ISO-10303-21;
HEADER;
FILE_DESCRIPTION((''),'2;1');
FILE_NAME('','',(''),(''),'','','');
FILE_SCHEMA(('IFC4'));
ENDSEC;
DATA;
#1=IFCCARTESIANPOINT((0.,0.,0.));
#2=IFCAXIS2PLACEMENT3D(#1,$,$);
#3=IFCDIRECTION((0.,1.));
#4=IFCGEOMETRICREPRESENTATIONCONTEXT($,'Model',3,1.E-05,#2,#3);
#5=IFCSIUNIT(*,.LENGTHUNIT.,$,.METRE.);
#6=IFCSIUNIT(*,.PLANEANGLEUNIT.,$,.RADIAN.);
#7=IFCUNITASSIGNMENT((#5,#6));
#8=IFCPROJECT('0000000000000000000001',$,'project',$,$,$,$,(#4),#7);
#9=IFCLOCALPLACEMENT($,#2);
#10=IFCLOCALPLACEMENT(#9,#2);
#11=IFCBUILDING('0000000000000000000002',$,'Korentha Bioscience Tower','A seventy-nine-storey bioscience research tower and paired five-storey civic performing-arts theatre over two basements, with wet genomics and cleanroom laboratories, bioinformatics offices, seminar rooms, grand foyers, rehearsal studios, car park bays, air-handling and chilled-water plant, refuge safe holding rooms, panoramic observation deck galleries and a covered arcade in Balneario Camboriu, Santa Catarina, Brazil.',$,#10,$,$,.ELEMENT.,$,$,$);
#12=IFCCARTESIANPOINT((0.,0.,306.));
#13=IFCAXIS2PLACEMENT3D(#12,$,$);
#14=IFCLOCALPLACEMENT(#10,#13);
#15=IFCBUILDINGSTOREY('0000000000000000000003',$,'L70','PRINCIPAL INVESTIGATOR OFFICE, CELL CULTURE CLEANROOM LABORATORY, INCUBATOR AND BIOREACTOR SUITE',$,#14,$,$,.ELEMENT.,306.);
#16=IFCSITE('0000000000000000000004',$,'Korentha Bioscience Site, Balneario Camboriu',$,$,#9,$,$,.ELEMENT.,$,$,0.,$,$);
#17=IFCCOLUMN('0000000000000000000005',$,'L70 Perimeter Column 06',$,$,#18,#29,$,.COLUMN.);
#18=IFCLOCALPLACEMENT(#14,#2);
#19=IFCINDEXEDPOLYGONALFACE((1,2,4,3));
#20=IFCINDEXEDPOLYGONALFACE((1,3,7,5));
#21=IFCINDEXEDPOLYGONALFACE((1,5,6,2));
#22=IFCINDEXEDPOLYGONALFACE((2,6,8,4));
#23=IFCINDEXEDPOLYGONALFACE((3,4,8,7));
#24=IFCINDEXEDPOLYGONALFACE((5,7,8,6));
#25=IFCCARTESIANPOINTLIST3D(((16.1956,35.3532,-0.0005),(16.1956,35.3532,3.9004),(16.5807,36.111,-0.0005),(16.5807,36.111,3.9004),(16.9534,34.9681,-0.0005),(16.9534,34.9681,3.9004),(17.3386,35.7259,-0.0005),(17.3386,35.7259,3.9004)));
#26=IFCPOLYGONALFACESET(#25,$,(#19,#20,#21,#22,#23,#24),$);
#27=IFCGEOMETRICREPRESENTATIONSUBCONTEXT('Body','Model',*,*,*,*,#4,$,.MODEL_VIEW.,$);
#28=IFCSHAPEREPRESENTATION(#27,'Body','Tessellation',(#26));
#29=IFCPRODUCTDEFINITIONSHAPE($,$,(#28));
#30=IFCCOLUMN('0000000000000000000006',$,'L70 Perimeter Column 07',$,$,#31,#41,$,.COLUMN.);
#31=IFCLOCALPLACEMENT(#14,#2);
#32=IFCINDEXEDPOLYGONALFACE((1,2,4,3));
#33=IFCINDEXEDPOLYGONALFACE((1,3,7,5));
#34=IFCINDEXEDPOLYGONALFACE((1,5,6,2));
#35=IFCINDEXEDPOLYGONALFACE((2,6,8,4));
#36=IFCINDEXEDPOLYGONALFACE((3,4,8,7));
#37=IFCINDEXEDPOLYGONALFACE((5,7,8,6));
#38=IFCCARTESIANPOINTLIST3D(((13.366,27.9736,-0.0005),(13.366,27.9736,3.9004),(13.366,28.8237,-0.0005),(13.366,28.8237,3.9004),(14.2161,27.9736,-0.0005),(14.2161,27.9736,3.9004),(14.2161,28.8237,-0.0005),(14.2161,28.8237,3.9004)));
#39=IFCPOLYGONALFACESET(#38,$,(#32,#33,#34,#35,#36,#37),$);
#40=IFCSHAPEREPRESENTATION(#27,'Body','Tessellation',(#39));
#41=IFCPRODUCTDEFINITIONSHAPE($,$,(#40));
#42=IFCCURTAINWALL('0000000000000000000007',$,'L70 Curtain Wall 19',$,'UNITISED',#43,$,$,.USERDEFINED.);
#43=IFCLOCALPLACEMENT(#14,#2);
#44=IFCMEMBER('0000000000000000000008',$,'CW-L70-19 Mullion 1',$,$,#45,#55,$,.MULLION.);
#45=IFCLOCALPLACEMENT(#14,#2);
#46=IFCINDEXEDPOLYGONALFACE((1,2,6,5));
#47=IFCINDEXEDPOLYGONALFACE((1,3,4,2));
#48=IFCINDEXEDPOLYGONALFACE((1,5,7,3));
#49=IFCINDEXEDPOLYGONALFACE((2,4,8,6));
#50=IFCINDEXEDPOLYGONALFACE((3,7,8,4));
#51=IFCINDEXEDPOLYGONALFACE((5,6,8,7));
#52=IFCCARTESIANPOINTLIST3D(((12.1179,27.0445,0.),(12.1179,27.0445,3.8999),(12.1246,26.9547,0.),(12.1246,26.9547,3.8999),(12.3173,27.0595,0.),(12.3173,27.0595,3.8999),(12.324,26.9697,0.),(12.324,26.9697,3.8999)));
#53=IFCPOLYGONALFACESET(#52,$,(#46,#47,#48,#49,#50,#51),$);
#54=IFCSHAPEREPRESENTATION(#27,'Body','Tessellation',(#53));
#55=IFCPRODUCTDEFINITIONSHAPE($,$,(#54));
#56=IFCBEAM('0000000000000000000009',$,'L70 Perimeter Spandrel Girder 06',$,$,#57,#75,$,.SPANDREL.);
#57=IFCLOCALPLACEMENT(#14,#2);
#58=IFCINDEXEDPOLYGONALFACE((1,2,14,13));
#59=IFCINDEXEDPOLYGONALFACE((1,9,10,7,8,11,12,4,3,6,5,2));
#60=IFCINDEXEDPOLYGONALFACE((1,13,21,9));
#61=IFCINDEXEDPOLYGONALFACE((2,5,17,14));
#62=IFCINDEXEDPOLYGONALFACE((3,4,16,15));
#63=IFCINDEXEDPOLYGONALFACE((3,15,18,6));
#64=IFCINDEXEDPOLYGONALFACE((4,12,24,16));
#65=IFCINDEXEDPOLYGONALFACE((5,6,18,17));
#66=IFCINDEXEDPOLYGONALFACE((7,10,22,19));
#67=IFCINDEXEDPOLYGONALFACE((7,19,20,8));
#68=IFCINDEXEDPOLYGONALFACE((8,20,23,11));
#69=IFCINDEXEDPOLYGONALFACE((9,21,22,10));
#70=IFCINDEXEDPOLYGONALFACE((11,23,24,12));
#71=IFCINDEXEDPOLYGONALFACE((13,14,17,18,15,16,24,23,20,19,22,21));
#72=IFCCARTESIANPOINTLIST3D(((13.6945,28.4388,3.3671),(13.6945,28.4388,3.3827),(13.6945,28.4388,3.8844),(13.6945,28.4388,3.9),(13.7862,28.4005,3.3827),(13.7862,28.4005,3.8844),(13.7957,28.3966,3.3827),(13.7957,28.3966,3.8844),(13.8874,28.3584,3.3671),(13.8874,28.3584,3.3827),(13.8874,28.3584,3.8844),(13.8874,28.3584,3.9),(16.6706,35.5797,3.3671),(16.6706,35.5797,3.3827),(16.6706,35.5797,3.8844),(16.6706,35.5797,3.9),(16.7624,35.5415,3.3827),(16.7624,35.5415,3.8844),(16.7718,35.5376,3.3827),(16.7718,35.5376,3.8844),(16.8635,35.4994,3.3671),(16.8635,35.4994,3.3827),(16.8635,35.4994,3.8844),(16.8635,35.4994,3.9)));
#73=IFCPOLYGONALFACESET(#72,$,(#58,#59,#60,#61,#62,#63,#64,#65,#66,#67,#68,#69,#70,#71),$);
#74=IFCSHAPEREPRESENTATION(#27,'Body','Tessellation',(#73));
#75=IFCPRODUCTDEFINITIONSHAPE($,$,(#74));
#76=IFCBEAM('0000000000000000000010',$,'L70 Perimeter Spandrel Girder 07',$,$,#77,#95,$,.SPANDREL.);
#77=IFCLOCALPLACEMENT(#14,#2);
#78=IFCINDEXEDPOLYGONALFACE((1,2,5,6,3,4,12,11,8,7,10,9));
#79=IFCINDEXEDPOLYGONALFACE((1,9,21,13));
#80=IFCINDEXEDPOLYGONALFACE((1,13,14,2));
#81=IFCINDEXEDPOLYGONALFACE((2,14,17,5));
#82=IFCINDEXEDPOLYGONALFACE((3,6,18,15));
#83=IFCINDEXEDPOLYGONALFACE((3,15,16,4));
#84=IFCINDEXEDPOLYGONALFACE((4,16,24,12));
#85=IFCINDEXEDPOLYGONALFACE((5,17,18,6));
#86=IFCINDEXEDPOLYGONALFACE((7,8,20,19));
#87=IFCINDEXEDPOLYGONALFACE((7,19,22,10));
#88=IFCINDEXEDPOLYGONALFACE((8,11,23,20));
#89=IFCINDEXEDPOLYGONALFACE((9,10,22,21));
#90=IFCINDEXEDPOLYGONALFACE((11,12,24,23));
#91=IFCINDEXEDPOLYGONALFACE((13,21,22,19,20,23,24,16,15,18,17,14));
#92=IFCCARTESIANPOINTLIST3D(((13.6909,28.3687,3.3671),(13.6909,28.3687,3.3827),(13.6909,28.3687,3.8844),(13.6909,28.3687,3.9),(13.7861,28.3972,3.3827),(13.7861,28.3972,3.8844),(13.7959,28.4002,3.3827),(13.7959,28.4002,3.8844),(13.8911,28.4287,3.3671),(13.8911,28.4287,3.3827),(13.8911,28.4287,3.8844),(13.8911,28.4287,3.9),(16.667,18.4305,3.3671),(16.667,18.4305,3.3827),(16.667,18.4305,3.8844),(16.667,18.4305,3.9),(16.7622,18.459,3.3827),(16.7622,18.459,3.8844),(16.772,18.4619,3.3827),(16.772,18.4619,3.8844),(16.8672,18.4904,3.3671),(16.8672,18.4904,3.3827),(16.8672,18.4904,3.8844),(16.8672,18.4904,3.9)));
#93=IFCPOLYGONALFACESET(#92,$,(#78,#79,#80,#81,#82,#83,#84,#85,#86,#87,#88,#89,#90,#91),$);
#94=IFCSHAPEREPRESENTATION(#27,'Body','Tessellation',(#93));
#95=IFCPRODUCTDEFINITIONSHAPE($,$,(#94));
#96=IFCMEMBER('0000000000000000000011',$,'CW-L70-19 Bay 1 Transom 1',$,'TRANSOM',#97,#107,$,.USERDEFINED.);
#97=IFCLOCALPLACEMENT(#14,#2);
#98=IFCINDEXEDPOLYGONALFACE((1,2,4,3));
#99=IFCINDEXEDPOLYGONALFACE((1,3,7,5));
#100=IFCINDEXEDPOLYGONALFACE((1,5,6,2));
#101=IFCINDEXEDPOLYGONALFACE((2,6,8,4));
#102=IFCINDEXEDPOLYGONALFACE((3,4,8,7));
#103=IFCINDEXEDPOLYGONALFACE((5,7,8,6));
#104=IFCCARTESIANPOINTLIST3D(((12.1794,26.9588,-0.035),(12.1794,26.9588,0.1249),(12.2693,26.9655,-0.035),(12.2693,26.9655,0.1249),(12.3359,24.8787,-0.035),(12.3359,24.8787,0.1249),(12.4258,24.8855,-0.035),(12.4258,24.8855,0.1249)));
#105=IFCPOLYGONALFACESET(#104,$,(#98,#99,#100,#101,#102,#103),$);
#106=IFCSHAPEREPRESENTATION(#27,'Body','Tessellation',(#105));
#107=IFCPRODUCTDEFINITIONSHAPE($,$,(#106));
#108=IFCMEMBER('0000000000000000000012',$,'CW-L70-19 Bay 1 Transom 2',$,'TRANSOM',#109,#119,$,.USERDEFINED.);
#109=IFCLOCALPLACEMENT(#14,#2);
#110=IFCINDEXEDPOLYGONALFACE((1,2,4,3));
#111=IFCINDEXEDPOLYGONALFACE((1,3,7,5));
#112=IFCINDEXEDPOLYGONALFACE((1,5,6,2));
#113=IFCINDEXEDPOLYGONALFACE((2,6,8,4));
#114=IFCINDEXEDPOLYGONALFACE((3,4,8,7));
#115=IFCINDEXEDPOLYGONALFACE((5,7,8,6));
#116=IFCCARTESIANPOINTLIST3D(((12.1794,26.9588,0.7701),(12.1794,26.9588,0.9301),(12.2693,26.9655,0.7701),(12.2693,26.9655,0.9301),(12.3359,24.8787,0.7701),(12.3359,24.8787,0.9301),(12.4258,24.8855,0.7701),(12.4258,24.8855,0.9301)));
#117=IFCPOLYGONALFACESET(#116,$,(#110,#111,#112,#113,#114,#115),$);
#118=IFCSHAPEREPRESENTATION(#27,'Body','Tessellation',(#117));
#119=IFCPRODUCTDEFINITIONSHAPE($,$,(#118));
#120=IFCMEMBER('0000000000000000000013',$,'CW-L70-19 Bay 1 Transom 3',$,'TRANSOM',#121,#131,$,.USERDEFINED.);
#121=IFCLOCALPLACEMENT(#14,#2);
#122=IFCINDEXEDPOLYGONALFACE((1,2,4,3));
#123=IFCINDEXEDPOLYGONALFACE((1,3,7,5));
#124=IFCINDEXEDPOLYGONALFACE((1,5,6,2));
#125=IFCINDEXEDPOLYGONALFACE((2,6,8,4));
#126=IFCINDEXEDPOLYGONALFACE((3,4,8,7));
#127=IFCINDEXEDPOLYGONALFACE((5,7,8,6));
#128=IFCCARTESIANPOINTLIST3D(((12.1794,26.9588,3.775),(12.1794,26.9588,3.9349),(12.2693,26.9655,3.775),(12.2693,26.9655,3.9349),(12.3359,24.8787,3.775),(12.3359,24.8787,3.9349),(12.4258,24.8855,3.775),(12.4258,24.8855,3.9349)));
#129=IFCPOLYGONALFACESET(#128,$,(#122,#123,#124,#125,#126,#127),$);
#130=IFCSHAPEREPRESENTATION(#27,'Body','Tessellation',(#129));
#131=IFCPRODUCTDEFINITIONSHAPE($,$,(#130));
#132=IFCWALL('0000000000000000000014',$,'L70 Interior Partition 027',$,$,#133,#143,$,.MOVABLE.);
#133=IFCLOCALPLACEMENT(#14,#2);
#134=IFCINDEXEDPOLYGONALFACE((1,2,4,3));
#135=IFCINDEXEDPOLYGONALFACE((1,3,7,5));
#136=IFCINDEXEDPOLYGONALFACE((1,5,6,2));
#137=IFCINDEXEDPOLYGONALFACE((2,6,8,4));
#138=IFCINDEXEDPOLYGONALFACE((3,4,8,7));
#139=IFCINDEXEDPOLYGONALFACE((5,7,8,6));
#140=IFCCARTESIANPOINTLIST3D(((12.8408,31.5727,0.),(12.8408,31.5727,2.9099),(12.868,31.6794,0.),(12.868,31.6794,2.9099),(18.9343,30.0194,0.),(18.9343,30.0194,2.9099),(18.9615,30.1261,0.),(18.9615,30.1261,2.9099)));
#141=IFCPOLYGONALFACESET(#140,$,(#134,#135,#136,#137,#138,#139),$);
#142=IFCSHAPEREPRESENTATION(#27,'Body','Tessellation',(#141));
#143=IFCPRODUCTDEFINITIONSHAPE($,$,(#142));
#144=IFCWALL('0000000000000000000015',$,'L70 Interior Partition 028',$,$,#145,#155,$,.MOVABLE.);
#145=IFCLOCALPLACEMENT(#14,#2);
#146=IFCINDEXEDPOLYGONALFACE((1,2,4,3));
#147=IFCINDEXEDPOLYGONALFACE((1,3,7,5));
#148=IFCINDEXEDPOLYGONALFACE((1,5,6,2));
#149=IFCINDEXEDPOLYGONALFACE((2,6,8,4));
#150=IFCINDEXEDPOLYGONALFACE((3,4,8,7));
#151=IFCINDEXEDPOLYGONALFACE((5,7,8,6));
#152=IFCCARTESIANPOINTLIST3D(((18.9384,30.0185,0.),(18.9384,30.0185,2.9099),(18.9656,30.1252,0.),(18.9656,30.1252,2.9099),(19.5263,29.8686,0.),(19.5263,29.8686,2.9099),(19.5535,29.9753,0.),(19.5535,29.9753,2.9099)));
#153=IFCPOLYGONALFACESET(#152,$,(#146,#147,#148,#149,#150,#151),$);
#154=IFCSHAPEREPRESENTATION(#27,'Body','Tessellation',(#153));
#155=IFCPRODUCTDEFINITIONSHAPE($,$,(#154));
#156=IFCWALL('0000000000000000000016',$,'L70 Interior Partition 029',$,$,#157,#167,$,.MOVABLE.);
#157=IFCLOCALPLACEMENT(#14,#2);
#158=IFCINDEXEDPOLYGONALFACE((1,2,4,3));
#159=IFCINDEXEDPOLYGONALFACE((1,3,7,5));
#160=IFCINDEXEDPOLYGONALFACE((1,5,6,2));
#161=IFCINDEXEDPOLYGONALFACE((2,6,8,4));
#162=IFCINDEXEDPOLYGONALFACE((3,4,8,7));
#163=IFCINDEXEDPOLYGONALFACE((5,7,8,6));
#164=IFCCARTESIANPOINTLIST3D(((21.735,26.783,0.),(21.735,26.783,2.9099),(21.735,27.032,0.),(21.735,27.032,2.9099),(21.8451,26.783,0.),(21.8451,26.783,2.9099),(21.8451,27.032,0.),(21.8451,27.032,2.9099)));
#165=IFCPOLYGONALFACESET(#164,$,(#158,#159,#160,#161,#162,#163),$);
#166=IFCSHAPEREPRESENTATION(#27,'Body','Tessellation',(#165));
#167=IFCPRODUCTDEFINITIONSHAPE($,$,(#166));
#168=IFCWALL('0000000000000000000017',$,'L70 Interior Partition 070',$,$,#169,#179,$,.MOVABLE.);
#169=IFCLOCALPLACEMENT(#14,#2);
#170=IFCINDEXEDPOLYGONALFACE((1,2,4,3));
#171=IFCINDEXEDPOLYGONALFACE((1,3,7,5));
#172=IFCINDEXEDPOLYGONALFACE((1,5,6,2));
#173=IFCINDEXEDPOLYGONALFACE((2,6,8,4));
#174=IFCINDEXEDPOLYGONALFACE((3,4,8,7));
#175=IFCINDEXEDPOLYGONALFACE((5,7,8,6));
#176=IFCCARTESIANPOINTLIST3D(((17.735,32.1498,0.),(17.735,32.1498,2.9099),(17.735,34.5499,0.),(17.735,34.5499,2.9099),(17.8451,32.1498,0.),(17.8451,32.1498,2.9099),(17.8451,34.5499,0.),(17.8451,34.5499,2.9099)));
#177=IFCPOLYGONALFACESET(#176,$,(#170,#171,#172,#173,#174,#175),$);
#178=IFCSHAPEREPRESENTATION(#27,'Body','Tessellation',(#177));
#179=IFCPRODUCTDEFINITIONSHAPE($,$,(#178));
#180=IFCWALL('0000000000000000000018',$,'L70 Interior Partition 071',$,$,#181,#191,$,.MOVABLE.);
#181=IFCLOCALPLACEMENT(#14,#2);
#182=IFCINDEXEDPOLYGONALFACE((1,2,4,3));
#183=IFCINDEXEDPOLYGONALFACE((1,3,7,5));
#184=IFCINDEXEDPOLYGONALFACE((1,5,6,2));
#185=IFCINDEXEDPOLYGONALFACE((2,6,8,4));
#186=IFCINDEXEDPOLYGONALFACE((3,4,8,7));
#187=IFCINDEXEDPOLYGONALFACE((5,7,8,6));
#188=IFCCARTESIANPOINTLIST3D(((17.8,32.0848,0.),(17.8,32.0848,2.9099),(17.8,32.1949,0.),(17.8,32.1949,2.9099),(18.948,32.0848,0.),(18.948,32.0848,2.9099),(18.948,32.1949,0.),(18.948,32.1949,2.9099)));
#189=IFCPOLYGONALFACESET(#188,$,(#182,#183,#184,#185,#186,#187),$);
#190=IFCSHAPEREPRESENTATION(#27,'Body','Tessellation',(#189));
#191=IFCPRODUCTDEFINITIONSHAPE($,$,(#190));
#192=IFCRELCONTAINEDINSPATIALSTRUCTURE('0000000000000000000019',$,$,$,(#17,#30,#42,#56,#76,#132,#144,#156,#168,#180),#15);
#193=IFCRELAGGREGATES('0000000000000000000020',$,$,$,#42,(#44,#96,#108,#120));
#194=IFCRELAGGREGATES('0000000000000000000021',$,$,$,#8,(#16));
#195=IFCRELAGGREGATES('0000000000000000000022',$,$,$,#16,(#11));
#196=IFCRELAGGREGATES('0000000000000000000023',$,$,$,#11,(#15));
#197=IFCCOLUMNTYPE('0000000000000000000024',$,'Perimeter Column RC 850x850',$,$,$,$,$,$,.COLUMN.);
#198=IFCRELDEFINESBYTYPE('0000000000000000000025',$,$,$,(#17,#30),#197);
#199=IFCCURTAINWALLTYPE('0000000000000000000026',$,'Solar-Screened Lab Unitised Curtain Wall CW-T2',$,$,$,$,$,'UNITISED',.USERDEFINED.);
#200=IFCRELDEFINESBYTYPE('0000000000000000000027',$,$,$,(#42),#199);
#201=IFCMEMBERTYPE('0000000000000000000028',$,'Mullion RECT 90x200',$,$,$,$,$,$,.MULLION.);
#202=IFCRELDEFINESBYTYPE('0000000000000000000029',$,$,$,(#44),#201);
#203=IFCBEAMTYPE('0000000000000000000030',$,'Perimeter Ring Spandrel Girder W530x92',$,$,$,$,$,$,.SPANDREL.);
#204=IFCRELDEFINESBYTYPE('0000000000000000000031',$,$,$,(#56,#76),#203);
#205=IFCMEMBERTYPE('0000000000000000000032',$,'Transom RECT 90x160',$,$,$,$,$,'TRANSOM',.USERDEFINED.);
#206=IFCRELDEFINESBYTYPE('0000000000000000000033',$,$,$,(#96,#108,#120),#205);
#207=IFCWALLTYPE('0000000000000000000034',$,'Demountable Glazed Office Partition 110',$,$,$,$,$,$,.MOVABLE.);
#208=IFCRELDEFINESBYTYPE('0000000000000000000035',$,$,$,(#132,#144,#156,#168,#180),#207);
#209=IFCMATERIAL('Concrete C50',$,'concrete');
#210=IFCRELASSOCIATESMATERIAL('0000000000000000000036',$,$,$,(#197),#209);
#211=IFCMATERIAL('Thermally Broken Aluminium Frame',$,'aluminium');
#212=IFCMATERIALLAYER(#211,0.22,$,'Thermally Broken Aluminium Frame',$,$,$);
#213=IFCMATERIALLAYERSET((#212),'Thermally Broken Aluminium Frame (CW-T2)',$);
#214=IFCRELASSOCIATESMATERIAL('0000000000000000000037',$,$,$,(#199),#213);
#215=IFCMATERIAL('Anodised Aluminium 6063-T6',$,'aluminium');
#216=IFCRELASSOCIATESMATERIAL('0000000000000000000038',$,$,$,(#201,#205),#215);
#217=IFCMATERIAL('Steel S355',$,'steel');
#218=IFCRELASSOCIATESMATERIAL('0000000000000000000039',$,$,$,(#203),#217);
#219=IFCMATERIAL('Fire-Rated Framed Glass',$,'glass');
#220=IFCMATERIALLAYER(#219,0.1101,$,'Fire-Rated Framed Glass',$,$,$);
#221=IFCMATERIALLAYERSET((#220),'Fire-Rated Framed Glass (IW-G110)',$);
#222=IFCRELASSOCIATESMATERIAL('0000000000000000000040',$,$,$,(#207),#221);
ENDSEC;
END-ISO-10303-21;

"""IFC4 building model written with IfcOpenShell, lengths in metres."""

from ifc_helpers import new_model, si_unit, direction, frame, frame_2d, origin, origin_2d, place, context, subcontext, project, spatial, rectangle, i_section, extrude, material, layer, layer_set, material_profile, profile_set, type_object, element, aggregate, save


model = new_model("IFC4")

# Units and contexts
model_context = context("Model", 3, precision=1e-05, world=origin(), true_north=direction((0.0, 1.0)))
body_context = subcontext(model_context, "Body", "Model", "MODEL_VIEW")
ifc_project = project(units=[si_unit("LENGTHUNIT", "METRE"), si_unit("PLANEANGLEUNIT", "RADIAN")], contexts=[model_context])

# Site, building, storey
site_placement = place(None, origin())
site = spatial("IfcSite", under=ifc_project, at=site_placement, Name="Korentha Bioscience Site, Balneario Camboriu", CompositionType="ELEMENT", RefElevation=0.0)
building_placement = place(site_placement, origin())
building = spatial("IfcBuilding", under=site, at=building_placement, Name="Korentha Bioscience Tower", Description="A seventy-nine-storey bioscience research tower and paired five-storey civic performing-arts theatre over two basements, with wet genomics and cleanroom laboratories, bioinformatics offices, seminar rooms, grand foyers, rehearsal studios, car park bays, air-handling and chilled-water plant, refuge safe holding rooms, panoramic observation deck galleries and a covered arcade in Balneario Camboriu, Santa Catarina, Brazil.", CompositionType="ELEMENT")
storey_placement = place(building_placement, frame((0.0, 0.0, 306.0)))
storey = spatial("IfcBuildingStorey", under=building, at=storey_placement, Name="L70", Description="PRINCIPAL INVESTIGATOR OFFICE, CELL CULTURE CLEANROOM LABORATORY, INCUBATOR AND BIOREACTOR SUITE", CompositionType="ELEMENT", Elevation=306.0)

# Columns
ifc_material_1 = material(Name="Concrete C50", Category="concrete")
ifc_material_profile_1 = material_profile(ifc_material_1, rectangle(XDim=0.8501, YDim=0.8501, at=origin_2d()), Name="Concrete C50")
ifc_profile_set_1 = profile_set([ifc_material_profile_1], Name="Concrete C50 (COL-P08)")
column_type = type_object("IfcColumnType", Name="Perimeter Column RC 850x850", PredefinedType="COLUMN", material=ifc_profile_set_1)
for number, where, z_axis, x_axis, name in (
    (1, (16.7671, 35.5396, -0.0005), (0.0, 0.0, 1.0), (0.453057, 0.891481, 0.0), "L70 Perimeter Column 06"),
    (2, (13.791, 28.3987, -0.0005), (0.0, 0.0, 1.0), (0.0, 1.0, 0.0), "L70 Perimeter Column 07"),
):
    element("IfcColumn", number, at=place(storey_placement, frame(where, z_axis=z_axis, x_axis=x_axis)), inside=storey, type_object=column_type, Name=name, PredefinedType="COLUMN", context=body_context, shape_type="SweptSolid", body=[
        extrude(rectangle(XDim=0.8501, YDim=0.8501, at=origin_2d()), origin(), (0.0, 0.0, 1.0), 3.9009),
    ])

# Curtain wall, member
ifc_material_2 = material(Name="Thermally Broken Aluminium Frame", Category="aluminium")
ifc_layer_1 = layer(ifc_material_2, 0.22, Name="Thermally Broken Aluminium Frame")
ifc_layer_set_1 = layer_set([ifc_layer_1], Name="Thermally Broken Aluminium Frame (CW-T2)")
curtain_wall_type = type_object("IfcCurtainWallType", Name="Solar-Screened Lab Unitised Curtain Wall CW-T2", ElementType="UNITISED", PredefinedType="USERDEFINED", material=ifc_layer_set_1)
curtain_wall_placement = place(storey_placement, origin())
curtain_wall = element("IfcCurtainWall", 3, at=curtain_wall_placement, inside=storey, type_object=curtain_wall_type, Name="L70 Curtain Wall 19", ObjectType="UNITISED", PredefinedType="USERDEFINED")
ifc_material_3 = material(Name="Anodised Aluminium 6063-T6", Category="aluminium")
ifc_material_profile_2 = material_profile(ifc_material_3, rectangle(XDim=0.0901, YDim=0.2, at=origin_2d()), Name="Anodised Aluminium 6063-T6")
ifc_profile_set_2 = profile_set([ifc_material_profile_2], Name="Anodised Aluminium 6063-T6 (CW-MUL)")
member_type_1 = type_object("IfcMemberType", Name="Mullion RECT 90x200", PredefinedType="MULLION", material=ifc_profile_set_2)
member_1_placement = place(storey_placement, frame((12.2209, 27.0071, 0.0), z_axis=(0.0, 0.0, 1.0), x_axis=(0.075073, -0.997178, 0.0)))
member_1 = element("IfcMember", 4, at=member_1_placement, type_object=member_type_1, Name="CW-L70-19 Mullion 1", PredefinedType="MULLION", context=body_context, shape_type="SweptSolid", body=[
    extrude(rectangle(XDim=0.0901, YDim=0.2, at=origin_2d()), origin(), (0.0, 0.0, 1.0), 3.8999),
])

# Beams
ifc_material_4 = material(Name="Steel S355", Category="steel")
ifc_material_profile_3 = material_profile(ifc_material_4, i_section(OverallWidth=0.209, OverallDepth=0.533, WebThickness=0.0103, FlangeThickness=0.0156, at=origin_2d()), Name="Steel S355")
ifc_profile_set_3 = profile_set([ifc_material_profile_3], Name="Steel S355 (SB-530)")
beam_type = type_object("IfcBeamType", Name="Perimeter Ring Spandrel Girder W530x92", PredefinedType="SPANDREL", material=ifc_profile_set_3)
beam_1_placement = place(storey_placement, frame((16.7671, 35.5396, 3.6335), z_axis=(-0.384694, -0.923044, 0.0), x_axis=(0.923044, -0.384694, 0.0)))
element("IfcBeam", 5, at=beam_1_placement, inside=storey, type_object=beam_type, Name="L70 Perimeter Spandrel Girder 06", PredefinedType="SPANDREL", context=body_context, shape_type="SweptSolid", body=[
    extrude(i_section(OverallWidth=0.209, OverallDepth=0.533, WebThickness=0.0103, FlangeThickness=0.0156, at=origin_2d()), origin(), (0.0, 0.0, 1.0), 7.7363),
])
beam_2_placement = place(storey_placement, frame((13.791, 28.3987, 3.6335), z_axis=(0.286871, -0.957969, 0.0), x_axis=(0.957969, 0.286871, 0.0)))
element("IfcBeam", 6, at=beam_2_placement, inside=storey, type_object=beam_type, Name="L70 Perimeter Spandrel Girder 07", PredefinedType="SPANDREL", context=body_context, shape_type="SweptSolid", body=[
    extrude(i_section(OverallWidth=0.209, OverallDepth=0.533, WebThickness=0.0103, FlangeThickness=0.0156, at=origin_2d()), origin(), (0.0, 0.0, 1.0), 10.3743),
])

# Members
ifc_material_profile_4 = material_profile(ifc_material_3, rectangle(XDim=0.0901, YDim=0.1599, at=origin_2d()), Name="Anodised Aluminium 6063-T6")
ifc_profile_set_4 = profile_set([ifc_material_profile_4], Name="Anodised Aluminium 6063-T6 (CW-TRN)")
member_type_2 = type_object("IfcMemberType", Name="Transom RECT 90x160", ElementType="TRANSOM", PredefinedType="USERDEFINED", material=ifc_profile_set_4)
member_2_placement = place(storey_placement, frame((12.2244, 26.9622, 0.0449), z_axis=(0.075023, -0.997182, 0.0), x_axis=(0.997182, 0.075023, 0.0)))
member_2 = element("IfcMember", 7, at=member_2_placement, type_object=member_type_2, Name="CW-L70-19 Bay 1 Transom 1", ObjectType="TRANSOM", PredefinedType="USERDEFINED", context=body_context, shape_type="SweptSolid", body=[
    extrude(rectangle(XDim=0.0901, YDim=0.1599, at=origin_2d()), origin(), (0.0, 0.0, 1.0), 2.0859),
])
member_3_placement = place(storey_placement, frame((12.2244, 26.9622, 0.8501), z_axis=(0.075023, -0.997182, 0.0), x_axis=(0.997182, 0.075023, 0.0)))
member_3 = element("IfcMember", 8, at=member_3_placement, type_object=member_type_2, Name="CW-L70-19 Bay 1 Transom 2", ObjectType="TRANSOM", PredefinedType="USERDEFINED", context=body_context, shape_type="SweptSolid", body=[
    extrude(rectangle(XDim=0.0901, YDim=0.1599, at=origin_2d()), origin(), (0.0, 0.0, 1.0), 2.0859),
])
member_4_placement = place(storey_placement, frame((12.2244, 26.9622, 3.855), z_axis=(0.075023, -0.997182, 0.0), x_axis=(0.997182, 0.075023, 0.0)))
member_4 = element("IfcMember", 9, at=member_4_placement, type_object=member_type_2, Name="CW-L70-19 Bay 1 Transom 3", ObjectType="TRANSOM", PredefinedType="USERDEFINED", context=body_context, shape_type="SweptSolid", body=[
    extrude(rectangle(XDim=0.0901, YDim=0.1599, at=origin_2d()), origin(), (0.0, 0.0, 1.0), 2.0859),
])
aggregate(curtain_wall, [member_1, member_2, member_3, member_4])

# Walls
ifc_material_5 = material(Name="Fire-Rated Framed Glass", Category="glass")
ifc_layer_2 = layer(ifc_material_5, 0.1101, Name="Fire-Rated Framed Glass")
ifc_layer_set_2 = layer_set([ifc_layer_2], Name="Fire-Rated Framed Glass (IW-G110)")
wall_type_1 = type_object("IfcWallType", Name="Demountable Glazed Office Partition 110", PredefinedType="MOVABLE", material=ifc_layer_set_2)
wall_1_placement = place(storey_placement, frame((12.8545, 31.626, 0.0), z_axis=(0.0, 0.0, 1.0), x_axis=(0.969015, -0.247, 0.0)))
element("IfcWall", 10, at=wall_1_placement, inside=storey, type_object=wall_type_1, Name="L70 Interior Partition 027", PredefinedType="MOVABLE", context=body_context, shape_type="SweptSolid", body=[
    extrude(rectangle(XDim=6.2883, YDim=0.1101, at=frame_2d((3.144, 0.0))), origin(), (0.0, 0.0, 1.0), 2.9099),
])
wall_2_placement = place(storey_placement, frame((18.9521, 30.0718, 0.0), z_axis=(0.0, 0.0, 1.0), x_axis=(0.968996, -0.247078, 0.0)))
element("IfcWall", 11, at=wall_2_placement, inside=storey, type_object=wall_type_1, Name="L70 Interior Partition 028", PredefinedType="MOVABLE", context=body_context, shape_type="SweptSolid", body=[
    extrude(rectangle(XDim=0.6067, YDim=0.1101, at=frame_2d((0.3032, 0.0))), origin(), (0.0, 0.0, 1.0), 2.9099),
])
wall_3_placement = place(storey_placement, frame((21.79, 27.032, 0.0), z_axis=(0.0, 0.0, 1.0), x_axis=(0.0, -1.0, 0.0)))
element("IfcWall", 12, at=wall_3_placement, inside=storey, type_object=wall_type_1, Name="L70 Interior Partition 029", PredefinedType="MOVABLE", context=body_context, shape_type="SweptSolid", body=[
    extrude(rectangle(XDim=0.249, YDim=0.1101, at=frame_2d((0.1245, 0.0))), origin(), (0.0, 0.0, 1.0), 2.9099),
])
wall_4_placement = place(storey_placement, frame((17.79, 34.55, 0.0), z_axis=(0.0, 0.0, 1.0), x_axis=(0.0, -1.0, 0.0)))
element("IfcWall", 13, at=wall_4_placement, inside=storey, type_object=wall_type_1, Name="L70 Interior Partition 070", PredefinedType="MOVABLE", context=body_context, shape_type="SweptSolid", body=[
    extrude(rectangle(XDim=2.4001, YDim=0.1101, at=frame_2d((1.2002, 0.0))), origin(), (0.0, 0.0, 1.0), 2.9099),
])
wall_5_placement = place(storey_placement, frame((17.8, 32.1399, 0.0), z_axis=(0.0, 0.0, 1.0), x_axis=(1.0, 0.0, 0.0)))
element("IfcWall", 14, at=wall_5_placement, inside=storey, type_object=wall_type_1, Name="L70 Interior Partition 071", PredefinedType="MOVABLE", context=body_context, shape_type="SweptSolid", body=[
    extrude(rectangle(XDim=1.1479, YDim=0.1101, at=frame_2d((0.574, 0.0))), origin(), (0.0, 0.0, 1.0), 2.9099),
])

save(model, "model.ifc")
